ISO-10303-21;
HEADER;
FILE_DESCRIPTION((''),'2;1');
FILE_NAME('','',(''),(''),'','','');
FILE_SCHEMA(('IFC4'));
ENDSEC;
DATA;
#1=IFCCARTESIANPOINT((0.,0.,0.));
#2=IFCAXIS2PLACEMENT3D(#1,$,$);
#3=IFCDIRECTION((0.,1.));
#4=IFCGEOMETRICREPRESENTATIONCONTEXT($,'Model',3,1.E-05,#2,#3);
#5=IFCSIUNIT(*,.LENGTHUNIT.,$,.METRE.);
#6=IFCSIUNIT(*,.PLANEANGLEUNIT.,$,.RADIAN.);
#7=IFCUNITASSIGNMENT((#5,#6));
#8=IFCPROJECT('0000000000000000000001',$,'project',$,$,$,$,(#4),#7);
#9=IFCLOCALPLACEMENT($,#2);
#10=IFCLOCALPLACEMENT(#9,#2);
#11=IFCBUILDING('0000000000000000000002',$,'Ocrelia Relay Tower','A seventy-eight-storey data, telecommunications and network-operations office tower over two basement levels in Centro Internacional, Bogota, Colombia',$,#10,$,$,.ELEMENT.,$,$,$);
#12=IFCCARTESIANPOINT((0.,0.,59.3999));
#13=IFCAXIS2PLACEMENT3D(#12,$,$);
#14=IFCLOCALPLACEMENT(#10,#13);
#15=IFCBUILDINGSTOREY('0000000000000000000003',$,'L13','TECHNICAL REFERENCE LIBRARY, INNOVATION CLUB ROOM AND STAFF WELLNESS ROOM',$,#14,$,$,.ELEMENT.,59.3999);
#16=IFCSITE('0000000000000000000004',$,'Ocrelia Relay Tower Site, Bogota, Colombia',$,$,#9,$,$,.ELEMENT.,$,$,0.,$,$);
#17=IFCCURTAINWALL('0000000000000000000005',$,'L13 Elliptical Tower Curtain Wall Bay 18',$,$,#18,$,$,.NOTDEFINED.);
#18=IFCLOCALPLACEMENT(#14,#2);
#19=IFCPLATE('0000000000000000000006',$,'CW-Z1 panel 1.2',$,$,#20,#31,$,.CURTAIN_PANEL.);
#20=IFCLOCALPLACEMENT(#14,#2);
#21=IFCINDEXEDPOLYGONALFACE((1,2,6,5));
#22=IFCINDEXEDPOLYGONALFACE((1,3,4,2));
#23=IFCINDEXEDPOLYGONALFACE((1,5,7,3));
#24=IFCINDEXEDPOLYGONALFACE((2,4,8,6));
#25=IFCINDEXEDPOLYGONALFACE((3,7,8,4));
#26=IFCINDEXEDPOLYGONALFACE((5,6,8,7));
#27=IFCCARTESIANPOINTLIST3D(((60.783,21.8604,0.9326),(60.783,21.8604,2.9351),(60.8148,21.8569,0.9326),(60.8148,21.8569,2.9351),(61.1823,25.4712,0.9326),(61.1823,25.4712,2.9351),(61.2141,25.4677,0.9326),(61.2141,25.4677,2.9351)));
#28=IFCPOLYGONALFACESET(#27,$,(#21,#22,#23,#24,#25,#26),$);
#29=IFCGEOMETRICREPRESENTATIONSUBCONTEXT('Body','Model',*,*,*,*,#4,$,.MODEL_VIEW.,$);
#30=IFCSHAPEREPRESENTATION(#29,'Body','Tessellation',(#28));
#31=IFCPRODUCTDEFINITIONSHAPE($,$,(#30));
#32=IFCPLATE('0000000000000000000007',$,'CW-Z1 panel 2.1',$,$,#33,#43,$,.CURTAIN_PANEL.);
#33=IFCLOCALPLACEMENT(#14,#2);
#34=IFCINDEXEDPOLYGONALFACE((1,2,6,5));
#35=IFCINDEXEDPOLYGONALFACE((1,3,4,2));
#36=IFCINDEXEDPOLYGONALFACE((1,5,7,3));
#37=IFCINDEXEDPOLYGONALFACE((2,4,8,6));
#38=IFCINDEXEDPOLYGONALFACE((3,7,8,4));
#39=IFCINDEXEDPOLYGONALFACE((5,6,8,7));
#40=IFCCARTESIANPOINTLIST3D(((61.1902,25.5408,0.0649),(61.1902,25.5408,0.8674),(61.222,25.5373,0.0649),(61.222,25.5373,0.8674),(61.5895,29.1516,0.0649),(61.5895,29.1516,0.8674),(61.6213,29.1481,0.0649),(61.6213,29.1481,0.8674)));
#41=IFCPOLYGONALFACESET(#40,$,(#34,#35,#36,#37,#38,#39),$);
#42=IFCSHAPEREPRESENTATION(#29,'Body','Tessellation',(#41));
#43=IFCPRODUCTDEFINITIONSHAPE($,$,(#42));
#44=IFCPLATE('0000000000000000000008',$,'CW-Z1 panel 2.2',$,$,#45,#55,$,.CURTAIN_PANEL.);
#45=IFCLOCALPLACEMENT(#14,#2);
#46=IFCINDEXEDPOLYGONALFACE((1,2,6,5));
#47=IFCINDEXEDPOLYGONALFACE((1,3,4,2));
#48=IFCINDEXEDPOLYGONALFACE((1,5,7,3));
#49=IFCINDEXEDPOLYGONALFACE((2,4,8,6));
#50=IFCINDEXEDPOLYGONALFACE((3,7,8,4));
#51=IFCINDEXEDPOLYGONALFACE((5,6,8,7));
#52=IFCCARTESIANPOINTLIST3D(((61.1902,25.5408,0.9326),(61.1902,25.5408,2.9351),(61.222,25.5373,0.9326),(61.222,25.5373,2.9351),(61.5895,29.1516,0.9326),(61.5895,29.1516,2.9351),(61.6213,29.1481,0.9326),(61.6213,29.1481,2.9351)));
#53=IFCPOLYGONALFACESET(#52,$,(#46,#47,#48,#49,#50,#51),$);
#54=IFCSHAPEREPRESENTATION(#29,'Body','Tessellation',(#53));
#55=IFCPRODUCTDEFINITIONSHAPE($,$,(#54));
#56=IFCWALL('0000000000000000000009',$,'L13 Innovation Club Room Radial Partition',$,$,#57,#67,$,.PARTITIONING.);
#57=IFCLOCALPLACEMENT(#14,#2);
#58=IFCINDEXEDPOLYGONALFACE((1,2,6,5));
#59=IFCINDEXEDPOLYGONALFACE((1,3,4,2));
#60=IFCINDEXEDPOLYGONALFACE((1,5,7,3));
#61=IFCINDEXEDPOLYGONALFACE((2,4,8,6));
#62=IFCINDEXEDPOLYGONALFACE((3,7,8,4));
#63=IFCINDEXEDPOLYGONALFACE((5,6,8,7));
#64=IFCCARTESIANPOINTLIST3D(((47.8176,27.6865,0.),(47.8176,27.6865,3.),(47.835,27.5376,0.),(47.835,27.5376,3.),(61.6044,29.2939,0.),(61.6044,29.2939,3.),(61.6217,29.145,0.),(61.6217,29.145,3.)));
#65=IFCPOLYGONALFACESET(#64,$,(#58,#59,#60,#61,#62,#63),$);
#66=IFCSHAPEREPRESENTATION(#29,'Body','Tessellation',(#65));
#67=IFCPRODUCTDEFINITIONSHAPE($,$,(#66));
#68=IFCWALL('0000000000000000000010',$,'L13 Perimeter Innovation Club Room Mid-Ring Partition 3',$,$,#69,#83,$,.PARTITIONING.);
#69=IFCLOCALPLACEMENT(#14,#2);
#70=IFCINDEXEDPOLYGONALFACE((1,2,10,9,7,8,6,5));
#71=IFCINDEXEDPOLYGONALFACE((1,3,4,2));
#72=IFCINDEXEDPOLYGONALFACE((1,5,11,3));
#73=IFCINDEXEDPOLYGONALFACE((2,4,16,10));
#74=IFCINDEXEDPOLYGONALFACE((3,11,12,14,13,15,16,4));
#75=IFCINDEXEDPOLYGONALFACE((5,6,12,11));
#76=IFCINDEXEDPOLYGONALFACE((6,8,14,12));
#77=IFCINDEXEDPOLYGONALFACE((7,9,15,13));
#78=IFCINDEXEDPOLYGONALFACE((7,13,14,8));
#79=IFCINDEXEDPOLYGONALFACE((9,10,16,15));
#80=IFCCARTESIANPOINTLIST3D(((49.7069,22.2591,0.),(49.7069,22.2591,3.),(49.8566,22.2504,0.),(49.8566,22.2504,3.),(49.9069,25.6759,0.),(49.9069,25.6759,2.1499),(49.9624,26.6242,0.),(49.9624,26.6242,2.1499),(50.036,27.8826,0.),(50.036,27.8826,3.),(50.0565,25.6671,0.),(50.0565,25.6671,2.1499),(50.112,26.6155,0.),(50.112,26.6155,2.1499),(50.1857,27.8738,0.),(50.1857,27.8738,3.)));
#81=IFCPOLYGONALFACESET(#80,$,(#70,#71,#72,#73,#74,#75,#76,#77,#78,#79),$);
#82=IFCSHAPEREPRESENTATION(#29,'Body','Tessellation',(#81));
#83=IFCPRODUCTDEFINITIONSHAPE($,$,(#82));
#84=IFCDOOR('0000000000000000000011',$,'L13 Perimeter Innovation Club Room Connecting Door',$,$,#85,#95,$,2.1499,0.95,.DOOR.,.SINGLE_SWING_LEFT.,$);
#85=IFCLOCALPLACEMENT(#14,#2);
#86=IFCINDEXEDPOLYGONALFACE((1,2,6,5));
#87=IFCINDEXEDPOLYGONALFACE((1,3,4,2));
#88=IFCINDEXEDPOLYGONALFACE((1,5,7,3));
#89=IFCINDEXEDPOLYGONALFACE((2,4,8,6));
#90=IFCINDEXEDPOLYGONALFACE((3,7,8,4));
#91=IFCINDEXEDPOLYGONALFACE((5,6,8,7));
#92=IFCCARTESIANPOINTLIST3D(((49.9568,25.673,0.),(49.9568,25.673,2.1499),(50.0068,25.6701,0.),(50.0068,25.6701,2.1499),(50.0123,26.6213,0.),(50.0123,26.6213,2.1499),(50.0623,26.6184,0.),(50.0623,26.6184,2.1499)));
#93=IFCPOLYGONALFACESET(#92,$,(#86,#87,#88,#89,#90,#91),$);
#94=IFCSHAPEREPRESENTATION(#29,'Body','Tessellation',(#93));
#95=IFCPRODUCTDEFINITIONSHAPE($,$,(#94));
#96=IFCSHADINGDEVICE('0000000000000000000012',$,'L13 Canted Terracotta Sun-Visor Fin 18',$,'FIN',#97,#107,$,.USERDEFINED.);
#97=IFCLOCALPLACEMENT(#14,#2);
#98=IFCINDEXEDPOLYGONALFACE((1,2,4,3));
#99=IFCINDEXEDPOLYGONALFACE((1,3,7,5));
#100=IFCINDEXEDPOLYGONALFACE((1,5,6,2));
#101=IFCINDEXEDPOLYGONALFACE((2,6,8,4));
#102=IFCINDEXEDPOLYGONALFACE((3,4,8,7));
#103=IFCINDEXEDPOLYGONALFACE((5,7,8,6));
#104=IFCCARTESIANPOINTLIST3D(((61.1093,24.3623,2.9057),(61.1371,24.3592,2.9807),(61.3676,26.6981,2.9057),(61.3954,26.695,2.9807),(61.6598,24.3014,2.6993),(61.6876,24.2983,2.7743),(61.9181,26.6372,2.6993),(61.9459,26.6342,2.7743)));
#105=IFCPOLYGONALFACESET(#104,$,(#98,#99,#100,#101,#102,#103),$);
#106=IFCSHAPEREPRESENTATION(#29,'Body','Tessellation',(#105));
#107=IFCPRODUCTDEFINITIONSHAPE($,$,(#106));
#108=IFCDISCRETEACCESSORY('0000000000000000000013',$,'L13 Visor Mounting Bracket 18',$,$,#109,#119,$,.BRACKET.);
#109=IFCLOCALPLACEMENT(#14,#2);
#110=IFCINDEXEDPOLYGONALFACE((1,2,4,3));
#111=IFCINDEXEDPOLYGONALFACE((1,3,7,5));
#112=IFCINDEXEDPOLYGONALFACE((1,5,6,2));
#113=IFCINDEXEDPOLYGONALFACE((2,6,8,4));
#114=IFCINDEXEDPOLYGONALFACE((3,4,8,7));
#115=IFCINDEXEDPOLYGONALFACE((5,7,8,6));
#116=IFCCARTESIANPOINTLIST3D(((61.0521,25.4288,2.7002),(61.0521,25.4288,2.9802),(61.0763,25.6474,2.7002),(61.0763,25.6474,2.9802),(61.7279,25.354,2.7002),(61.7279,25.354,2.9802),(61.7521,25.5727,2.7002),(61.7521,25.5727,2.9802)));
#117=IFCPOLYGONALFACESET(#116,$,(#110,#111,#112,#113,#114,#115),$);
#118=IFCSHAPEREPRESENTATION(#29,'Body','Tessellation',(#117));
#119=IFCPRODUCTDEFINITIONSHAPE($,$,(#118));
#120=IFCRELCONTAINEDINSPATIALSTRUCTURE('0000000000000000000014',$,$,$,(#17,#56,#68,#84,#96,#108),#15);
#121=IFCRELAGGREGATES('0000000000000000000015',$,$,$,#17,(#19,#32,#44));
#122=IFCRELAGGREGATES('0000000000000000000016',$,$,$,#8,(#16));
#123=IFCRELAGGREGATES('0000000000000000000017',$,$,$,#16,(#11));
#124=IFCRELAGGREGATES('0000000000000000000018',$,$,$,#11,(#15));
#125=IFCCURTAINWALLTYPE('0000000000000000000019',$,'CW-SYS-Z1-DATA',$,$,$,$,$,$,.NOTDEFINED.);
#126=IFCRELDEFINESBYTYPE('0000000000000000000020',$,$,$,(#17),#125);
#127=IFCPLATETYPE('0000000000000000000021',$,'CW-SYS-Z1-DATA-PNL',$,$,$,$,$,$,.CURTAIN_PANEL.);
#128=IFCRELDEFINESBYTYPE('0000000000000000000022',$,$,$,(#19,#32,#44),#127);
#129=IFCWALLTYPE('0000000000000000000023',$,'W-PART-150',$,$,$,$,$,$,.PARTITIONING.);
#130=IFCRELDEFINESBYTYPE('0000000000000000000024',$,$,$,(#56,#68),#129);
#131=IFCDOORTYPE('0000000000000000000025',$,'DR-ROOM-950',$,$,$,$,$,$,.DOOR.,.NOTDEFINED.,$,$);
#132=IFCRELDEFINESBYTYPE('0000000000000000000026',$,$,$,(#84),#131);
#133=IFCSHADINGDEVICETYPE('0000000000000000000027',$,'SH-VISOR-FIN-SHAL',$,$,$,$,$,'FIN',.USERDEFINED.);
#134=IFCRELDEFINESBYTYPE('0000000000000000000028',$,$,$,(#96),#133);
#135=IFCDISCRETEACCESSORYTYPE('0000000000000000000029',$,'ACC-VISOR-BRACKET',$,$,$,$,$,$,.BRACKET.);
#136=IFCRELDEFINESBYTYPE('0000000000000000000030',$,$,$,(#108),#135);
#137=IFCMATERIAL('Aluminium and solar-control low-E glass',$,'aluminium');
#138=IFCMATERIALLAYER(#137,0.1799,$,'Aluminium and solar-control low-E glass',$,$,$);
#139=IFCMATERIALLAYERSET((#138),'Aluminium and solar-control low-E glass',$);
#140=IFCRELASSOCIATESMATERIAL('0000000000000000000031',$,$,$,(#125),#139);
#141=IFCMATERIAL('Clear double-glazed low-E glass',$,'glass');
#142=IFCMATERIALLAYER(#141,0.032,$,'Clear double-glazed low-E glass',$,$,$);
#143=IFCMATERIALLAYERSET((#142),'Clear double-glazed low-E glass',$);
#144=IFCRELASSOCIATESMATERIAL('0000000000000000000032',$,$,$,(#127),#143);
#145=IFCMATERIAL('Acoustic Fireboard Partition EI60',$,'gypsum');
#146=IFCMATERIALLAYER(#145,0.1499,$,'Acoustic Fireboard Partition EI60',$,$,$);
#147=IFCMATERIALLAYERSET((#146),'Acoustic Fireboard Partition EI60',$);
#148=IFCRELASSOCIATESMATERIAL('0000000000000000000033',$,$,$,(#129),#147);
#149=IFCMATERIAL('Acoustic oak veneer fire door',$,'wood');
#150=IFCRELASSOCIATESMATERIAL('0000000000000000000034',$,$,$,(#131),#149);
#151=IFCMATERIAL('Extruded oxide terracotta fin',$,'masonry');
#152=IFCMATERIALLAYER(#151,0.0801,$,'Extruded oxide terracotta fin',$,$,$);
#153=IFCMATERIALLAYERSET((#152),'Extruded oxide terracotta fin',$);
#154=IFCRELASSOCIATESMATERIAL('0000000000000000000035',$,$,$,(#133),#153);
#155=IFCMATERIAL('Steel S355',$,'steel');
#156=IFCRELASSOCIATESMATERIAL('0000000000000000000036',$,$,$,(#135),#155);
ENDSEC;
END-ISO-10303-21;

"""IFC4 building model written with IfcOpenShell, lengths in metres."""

from ifc_helpers import new_model, si_unit, direction, frame, frame_2d, origin, origin_2d, place, context, subcontext, project, spatial, rectangle, extrude, material, layer, layer_set, type_object, element, fill, aggregate, save


model = new_model("IFC4")

# Units and contexts
model_context = context("Model", 3, precision=1e-05, world=origin(), true_north=direction((0.0, 1.0)))
body_context = subcontext(model_context, "Body", "Model", "MODEL_VIEW")
ifc_project = project(units=[si_unit("LENGTHUNIT", "METRE"), si_unit("PLANEANGLEUNIT", "RADIAN")], contexts=[model_context])

# Site, building, storey
site_placement = place(None, origin())
site = spatial("IfcSite", under=ifc_project, at=site_placement, Name="Ocrelia Relay Tower Site, Bogota, Colombia", CompositionType="ELEMENT", RefElevation=0.0)
building_placement = place(site_placement, origin())
building = spatial("IfcBuilding", under=site, at=building_placement, Name="Ocrelia Relay Tower", Description="A seventy-eight-storey data, telecommunications and network-operations office tower over two basement levels in Centro Internacional, Bogota, Colombia", CompositionType="ELEMENT")
storey_placement = place(building_placement, frame((0.0, 0.0, 59.3999)))
storey = spatial("IfcBuildingStorey", under=building, at=storey_placement, Name="L13", Description="TECHNICAL REFERENCE LIBRARY, INNOVATION CLUB ROOM AND STAFF WELLNESS ROOM", CompositionType="ELEMENT", Elevation=59.3999)

# Shared definitions
ifc_material_1 = material(Name="Steel S355", Category="steel")

# Curtain wall, plates
ifc_material_2 = material(Name="Aluminium and solar-control low-E glass", Category="aluminium")
ifc_layer_1 = layer(ifc_material_2, 0.1799, Name="Aluminium and solar-control low-E glass")
ifc_layer_set_1 = layer_set([ifc_layer_1], Name="Aluminium and solar-control low-E glass")
curtain_wall_type = type_object("IfcCurtainWallType", Name="CW-SYS-Z1-DATA", PredefinedType="NOTDEFINED", material=ifc_layer_set_1)
curtain_wall_placement = place(storey_placement, origin())
curtain_wall = element("IfcCurtainWall", 1, at=curtain_wall_placement, inside=storey, type_object=curtain_wall_type, Name="L13 Elliptical Tower Curtain Wall Bay 18", PredefinedType="NOTDEFINED")
ifc_material_3 = material(Name="Clear double-glazed low-E glass", Category="glass")
ifc_layer_2 = layer(ifc_material_3, 0.032, Name="Clear double-glazed low-E glass")
ifc_layer_set_2 = layer_set([ifc_layer_2], Name="Clear double-glazed low-E glass")
plate_type = type_object("IfcPlateType", Name="CW-SYS-Z1-DATA-PNL", PredefinedType="CURTAIN_PANEL", material=ifc_layer_set_2)
plate_1_placement = place(storey_placement, frame((60.9985, 23.6641, 0.9326), z_axis=(0.0, 0.0, 1.0), x_axis=(0.109919, 0.993941, 0.0)))
plate_1 = element("IfcPlate", 2, at=plate_1_placement, type_object=plate_type, Name="CW-Z1 panel 1.2", PredefinedType="CURTAIN_PANEL", context=body_context, shape_type="SweptSolid", body=[
    extrude(rectangle(XDim=3.6328, YDim=0.032, at=origin_2d()), origin(), (0.0, 0.0, 1.0), 2.0024),
])
plate_2_placement = place(storey_placement, frame((61.4058, 27.3445, 0.0649), z_axis=(0.0, 0.0, 1.0), x_axis=(0.109919, 0.993941, 0.0)))
plate_2 = element("IfcPlate", 3, at=plate_2_placement, type_object=plate_type, Name="CW-Z1 panel 2.1", PredefinedType="CURTAIN_PANEL", context=body_context, shape_type="SweptSolid", body=[
    extrude(rectangle(XDim=3.6328, YDim=0.032, at=origin_2d()), origin(), (0.0, 0.0, 1.0), 0.8025),
])
plate_3_placement = place(storey_placement, frame((61.4058, 27.3445, 0.9326), z_axis=(0.0, 0.0, 1.0), x_axis=(0.109919, 0.993941, 0.0)))
plate_3 = element("IfcPlate", 4, at=plate_3_placement, type_object=plate_type, Name="CW-Z1 panel 2.2", PredefinedType="CURTAIN_PANEL", context=body_context, shape_type="SweptSolid", body=[
    extrude(rectangle(XDim=3.6328, YDim=0.032, at=origin_2d()), origin(), (0.0, 0.0, 1.0), 2.0024),
])
aggregate(curtain_wall, [plate_1, plate_2, plate_3])

# Shared definitions
ifc_material_4 = material(Name="Acoustic oak veneer fire door", Category="wood")

# Wall
ifc_material_5 = material(Name="Acoustic Fireboard Partition EI60", Category="gypsum")
ifc_layer_3 = layer(ifc_material_5, 0.1499, Name="Acoustic Fireboard Partition EI60")
ifc_layer_set_3 = layer_set([ifc_layer_3], Name="Acoustic Fireboard Partition EI60")
wall_type_1 = type_object("IfcWallType", Name="W-PART-150", PredefinedType="PARTITIONING", material=ifc_layer_set_3)
wall_1_placement = place(storey_placement, frame((47.8264, 27.6121, 0.0), z_axis=(0.0, 0.0, 1.0), x_axis=(0.993272, 0.115808, 0.0)))
element("IfcWall", 5, at=wall_1_placement, inside=storey, type_object=wall_type_1, Name="L13 Innovation Club Room Radial Partition", PredefinedType="PARTITIONING", context=body_context, shape_type="SweptSolid", body=[
    extrude(rectangle(XDim=13.8801, YDim=0.1499, at=frame_2d((6.9399, 0.0))), origin(), (0.0, 0.0, 1.0), 3.0),
])

# Wall, opening, door
wall_2_placement = place(storey_placement, frame((49.7817, 22.2549, 0.0), z_axis=(0.0, 0.0, 1.0), x_axis=(0.058422, 0.998292, 0.0)))
wall_2 = element("IfcWall", 6, at=wall_2_placement, inside=storey, type_object=wall_type_1, Name="L13 Perimeter Innovation Club Room Mid-Ring Partition 3", PredefinedType="PARTITIONING", context=body_context, shape_type="SweptSolid", body=[
    extrude(rectangle(XDim=5.6331, YDim=0.1499, at=frame_2d((2.8164, 0.0))), origin(), (0.0, 0.0, 1.0), 3.0),
])
opening_1_placement = place(wall_2_placement, frame((3.4224, 0.0, 0.0)))
opening_1 = element("IfcOpeningElement", 7, at=opening_1_placement, cuts=wall_2, PredefinedType="OPENING", context=body_context, shape_type="SweptSolid", body=[
    extrude(rectangle(XDim=0.95, YDim=2.1499, at=frame_2d((0.4751, 1.075))), frame((0.0, 0.085, 0.0), z_axis=(0.0, -1.0, 0.0), x_axis=(1.0, 0.0, 0.0)), (0.0, 0.0, 1.0), 0.1699),
])
door_type_1 = type_object("IfcDoorType", Name="DR-ROOM-950", OperationType="NOTDEFINED", PredefinedType="DOOR", material=ifc_material_4)
door_1_placement = place(opening_1_placement, origin())
door_1 = element("IfcDoor", 8, at=door_1_placement, inside=storey, type_object=door_type_1, Name="L13 Perimeter Innovation Club Room Connecting Door", OperationType="SINGLE_SWING_LEFT", OverallHeight=2.1499, OverallWidth=0.95, PredefinedType="DOOR", context=body_context, shape_type="SweptSolid", body=[
    extrude(rectangle(XDim=0.95, YDim=2.1499, at=frame_2d((0.4751, 1.075))), frame((0.0, 0.0249, 0.0), z_axis=(0.0, -1.0, 0.0), x_axis=(1.0, 0.0, 0.0)), (0.0, 0.0, 1.0), 0.05),
])
fill(opening_1, door_1)

# Shading device
ifc_material_6 = material(Name="Extruded oxide terracotta fin", Category="masonry")
ifc_layer_4 = layer(ifc_material_6, 0.0801, Name="Extruded oxide terracotta fin")
ifc_layer_set_4 = layer_set([ifc_layer_4], Name="Extruded oxide terracotta fin")
shading_device_type = type_object("IfcShadingDeviceType", Name="SH-VISOR-FIN-SHAL", ElementType="FIN", PredefinedType="USERDEFINED", material=ifc_layer_set_4)
shading_device_placement = place(storey_placement, frame((61.5137, 25.4998, 2.8025), z_axis=(0.34711, -0.038387, 0.937038), x_axis=(0.109919, 0.993941, 0.0)))
element("IfcShadingDevice", 9, at=shading_device_placement, inside=storey, type_object=shading_device_type, Name="L13 Canted Terracotta Sun-Visor Fin 18", ObjectType="FIN", PredefinedType="USERDEFINED", context=body_context, shape_type="SweptSolid", body=[
    extrude(rectangle(XDim=2.3501, YDim=0.5911, at=origin_2d()), origin(), (0.0, 0.0, 1.0), 0.0801),
])

# Discrete accessory
discrete_accessory_type = type_object("IfcDiscreteAccessoryType", Name="ACC-VISOR-BRACKET", PredefinedType="BRACKET", material=ifc_material_1)
discrete_accessory_placement = place(storey_placement, frame((61.4021, 25.5007, 2.7002), z_axis=(0.0, 0.0, 1.0), x_axis=(0.109919, 0.993941, 0.0)))
element("IfcDiscreteAccessory", 10, at=discrete_accessory_placement, inside=storey, type_object=discrete_accessory_type, Name="L13 Visor Mounting Bracket 18", PredefinedType="BRACKET", context=body_context, shape_type="SweptSolid", body=[
    extrude(rectangle(XDim=0.22, YDim=0.6799, at=origin_2d()), origin(), (0.0, 0.0, 1.0), 0.28),
])

save(model, "model.ifc")
